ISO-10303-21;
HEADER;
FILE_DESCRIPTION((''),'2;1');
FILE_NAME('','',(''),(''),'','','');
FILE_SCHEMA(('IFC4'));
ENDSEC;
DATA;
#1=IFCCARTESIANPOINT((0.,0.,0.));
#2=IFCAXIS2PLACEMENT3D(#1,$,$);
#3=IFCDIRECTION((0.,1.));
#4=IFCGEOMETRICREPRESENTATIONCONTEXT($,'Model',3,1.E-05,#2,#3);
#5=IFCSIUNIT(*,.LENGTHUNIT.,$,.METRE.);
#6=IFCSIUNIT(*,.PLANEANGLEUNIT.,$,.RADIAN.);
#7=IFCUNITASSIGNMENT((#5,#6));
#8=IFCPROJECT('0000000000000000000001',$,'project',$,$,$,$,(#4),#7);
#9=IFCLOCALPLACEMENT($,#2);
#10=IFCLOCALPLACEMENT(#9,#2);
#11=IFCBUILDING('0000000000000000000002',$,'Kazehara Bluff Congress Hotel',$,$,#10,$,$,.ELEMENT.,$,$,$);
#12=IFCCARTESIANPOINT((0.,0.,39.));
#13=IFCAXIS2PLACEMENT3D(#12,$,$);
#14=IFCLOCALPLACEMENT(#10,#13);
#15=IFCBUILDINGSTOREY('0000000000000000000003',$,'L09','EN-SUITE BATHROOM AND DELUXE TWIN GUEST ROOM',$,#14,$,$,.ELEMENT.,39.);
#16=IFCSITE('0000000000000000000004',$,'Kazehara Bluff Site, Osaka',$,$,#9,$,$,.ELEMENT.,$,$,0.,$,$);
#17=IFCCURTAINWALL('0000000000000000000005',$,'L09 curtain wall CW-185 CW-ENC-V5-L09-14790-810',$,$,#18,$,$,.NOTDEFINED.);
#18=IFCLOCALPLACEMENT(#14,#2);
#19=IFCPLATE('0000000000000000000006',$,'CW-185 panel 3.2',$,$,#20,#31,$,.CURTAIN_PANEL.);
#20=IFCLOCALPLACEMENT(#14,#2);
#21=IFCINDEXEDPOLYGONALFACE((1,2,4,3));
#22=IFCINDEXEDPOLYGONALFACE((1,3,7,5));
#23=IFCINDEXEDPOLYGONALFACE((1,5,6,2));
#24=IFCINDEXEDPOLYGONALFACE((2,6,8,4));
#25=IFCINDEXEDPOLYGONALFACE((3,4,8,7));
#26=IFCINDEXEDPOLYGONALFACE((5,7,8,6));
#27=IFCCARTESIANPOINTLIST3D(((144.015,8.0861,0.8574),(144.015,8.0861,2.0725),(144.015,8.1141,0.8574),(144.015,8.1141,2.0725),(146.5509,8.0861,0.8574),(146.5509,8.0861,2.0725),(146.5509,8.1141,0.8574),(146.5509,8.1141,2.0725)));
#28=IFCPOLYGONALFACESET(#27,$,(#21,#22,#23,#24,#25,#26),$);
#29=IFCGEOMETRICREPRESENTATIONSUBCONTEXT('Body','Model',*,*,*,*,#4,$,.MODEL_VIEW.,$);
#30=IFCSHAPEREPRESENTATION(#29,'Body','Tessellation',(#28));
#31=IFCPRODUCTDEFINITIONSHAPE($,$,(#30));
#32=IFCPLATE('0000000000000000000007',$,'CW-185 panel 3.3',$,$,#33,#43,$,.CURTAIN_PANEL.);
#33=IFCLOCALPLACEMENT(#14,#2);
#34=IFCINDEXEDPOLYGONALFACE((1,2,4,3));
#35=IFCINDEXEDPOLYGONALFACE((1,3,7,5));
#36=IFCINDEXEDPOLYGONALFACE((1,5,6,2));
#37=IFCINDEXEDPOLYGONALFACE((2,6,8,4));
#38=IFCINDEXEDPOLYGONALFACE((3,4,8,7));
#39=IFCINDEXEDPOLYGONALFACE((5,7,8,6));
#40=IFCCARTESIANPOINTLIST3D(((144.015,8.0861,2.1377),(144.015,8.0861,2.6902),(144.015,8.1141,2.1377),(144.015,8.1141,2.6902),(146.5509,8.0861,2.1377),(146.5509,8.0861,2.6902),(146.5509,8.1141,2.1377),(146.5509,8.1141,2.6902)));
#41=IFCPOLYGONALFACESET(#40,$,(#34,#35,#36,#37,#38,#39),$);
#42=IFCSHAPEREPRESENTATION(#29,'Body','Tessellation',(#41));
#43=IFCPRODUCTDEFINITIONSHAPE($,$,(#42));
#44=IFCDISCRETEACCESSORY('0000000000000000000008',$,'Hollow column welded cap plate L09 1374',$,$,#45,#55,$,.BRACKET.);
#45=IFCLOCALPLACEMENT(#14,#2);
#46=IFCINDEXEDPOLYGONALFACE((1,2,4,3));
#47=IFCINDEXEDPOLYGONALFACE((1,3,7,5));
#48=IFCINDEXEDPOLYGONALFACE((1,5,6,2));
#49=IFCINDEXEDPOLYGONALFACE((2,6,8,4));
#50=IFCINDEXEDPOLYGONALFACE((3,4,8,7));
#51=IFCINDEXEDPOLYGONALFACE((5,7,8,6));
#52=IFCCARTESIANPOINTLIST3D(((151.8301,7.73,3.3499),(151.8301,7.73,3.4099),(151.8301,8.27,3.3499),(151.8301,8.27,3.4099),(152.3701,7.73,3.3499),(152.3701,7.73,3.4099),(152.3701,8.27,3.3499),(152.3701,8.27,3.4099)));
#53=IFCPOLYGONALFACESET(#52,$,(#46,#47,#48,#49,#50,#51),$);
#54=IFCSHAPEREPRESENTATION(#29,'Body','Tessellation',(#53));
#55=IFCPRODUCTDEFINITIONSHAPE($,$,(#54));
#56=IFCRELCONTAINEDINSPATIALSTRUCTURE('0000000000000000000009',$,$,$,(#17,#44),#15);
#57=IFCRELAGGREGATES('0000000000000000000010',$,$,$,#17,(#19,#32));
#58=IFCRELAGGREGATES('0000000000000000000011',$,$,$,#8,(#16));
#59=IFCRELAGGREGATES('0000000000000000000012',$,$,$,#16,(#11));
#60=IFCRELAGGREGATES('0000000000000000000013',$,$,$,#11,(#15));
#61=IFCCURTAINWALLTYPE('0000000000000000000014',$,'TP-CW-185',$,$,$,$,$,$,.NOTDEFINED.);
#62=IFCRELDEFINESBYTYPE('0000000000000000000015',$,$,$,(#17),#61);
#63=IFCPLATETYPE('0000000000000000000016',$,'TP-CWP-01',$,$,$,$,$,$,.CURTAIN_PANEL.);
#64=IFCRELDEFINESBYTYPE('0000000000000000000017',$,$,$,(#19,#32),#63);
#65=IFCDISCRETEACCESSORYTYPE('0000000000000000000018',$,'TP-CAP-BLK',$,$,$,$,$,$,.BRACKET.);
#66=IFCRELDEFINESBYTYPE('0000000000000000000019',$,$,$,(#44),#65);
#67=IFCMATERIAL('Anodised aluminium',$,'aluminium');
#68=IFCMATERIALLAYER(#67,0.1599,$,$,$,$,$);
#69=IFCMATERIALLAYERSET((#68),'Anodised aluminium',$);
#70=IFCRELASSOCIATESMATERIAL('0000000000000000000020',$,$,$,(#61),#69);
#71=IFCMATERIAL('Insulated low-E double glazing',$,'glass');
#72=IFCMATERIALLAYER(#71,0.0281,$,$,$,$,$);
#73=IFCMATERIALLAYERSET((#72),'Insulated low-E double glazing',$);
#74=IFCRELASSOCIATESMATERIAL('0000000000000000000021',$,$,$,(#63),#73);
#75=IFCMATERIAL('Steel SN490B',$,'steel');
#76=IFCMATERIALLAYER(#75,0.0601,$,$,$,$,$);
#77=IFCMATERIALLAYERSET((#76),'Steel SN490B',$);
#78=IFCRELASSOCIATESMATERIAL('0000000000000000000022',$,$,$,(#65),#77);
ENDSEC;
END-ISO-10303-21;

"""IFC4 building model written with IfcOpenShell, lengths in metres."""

from ifc_helpers import new_model, si_unit, direction, frame, origin, origin_2d, place, context, subcontext, project, spatial, rectangle, extrude, material, layer, layer_set, type_object, element, aggregate, save


model = new_model("IFC4")

# Units and contexts
model_context = context("Model", 3, precision=1e-05, world=origin(), true_north=direction((0.0, 1.0)))
body_context = subcontext(model_context, "Body", "Model", "MODEL_VIEW")
ifc_project = project(units=[si_unit("LENGTHUNIT", "METRE"), si_unit("PLANEANGLEUNIT", "RADIAN")], contexts=[model_context])

# Site, building, storey
site_placement = place(None, origin())
site = spatial("IfcSite", under=ifc_project, at=site_placement, Name="Kazehara Bluff Site, Osaka", CompositionType="ELEMENT", RefElevation=0.0)
building_placement = place(site_placement, origin())
building = spatial("IfcBuilding", under=site, at=building_placement, Name="Kazehara Bluff Congress Hotel", CompositionType="ELEMENT")
storey_placement = place(building_placement, frame((0.0, 0.0, 39.0)))
storey = spatial("IfcBuildingStorey", under=building, at=storey_placement, Name="L09", Description="EN-SUITE BATHROOM AND DELUXE TWIN GUEST ROOM", CompositionType="ELEMENT", Elevation=39.0)

# Curtain wall
ifc_material_1 = material(Name="Anodised aluminium", Category="aluminium")
ifc_layer_1 = layer(ifc_material_1, 0.1599)
ifc_layer_set_1 = layer_set([ifc_layer_1], Name="Anodised aluminium")
curtain_wall_type = type_object("IfcCurtainWallType", Name="TP-CW-185", PredefinedType="NOTDEFINED", material=ifc_layer_set_1)
curtain_wall_placement = place(storey_placement, origin())
curtain_wall = element("IfcCurtainWall", 1, at=curtain_wall_placement, inside=storey, type_object=curtain_wall_type, Name="L09 curtain wall CW-185 CW-ENC-V5-L09-14790-810", PredefinedType="NOTDEFINED")

# Plates
ifc_material_2 = material(Name="Insulated low-E double glazing", Category="glass")
ifc_layer_2 = layer(ifc_material_2, 0.0281)
ifc_layer_set_2 = layer_set([ifc_layer_2], Name="Insulated low-E double glazing")
plate_type = type_object("IfcPlateType", Name="TP-CWP-01", PredefinedType="CURTAIN_PANEL", material=ifc_layer_set_2)
plate_1_placement = place(storey_placement, frame((145.283, 8.1001, 0.8574), z_axis=(0.0, 0.0, 1.0), x_axis=(-1.0, 0.0, 0.0)))
plate_1 = element("IfcPlate", 2, at=plate_1_placement, type_object=plate_type, Name="CW-185 panel 3.2", PredefinedType="CURTAIN_PANEL", context=body_context, shape_type="SweptSolid", body=[
    extrude(rectangle(XDim=2.5359, YDim=0.0281, at=origin_2d()), origin(), (0.0, 0.0, 1.0), 1.2151),
])
plate_2_placement = place(storey_placement, frame((145.283, 8.1001, 2.1377), z_axis=(0.0, 0.0, 1.0), x_axis=(-1.0, 0.0, 0.0)))
plate_2 = element("IfcPlate", 3, at=plate_2_placement, type_object=plate_type, Name="CW-185 panel 3.3", PredefinedType="CURTAIN_PANEL", context=body_context, shape_type="SweptSolid", body=[
    extrude(rectangle(XDim=2.5359, YDim=0.0281, at=origin_2d()), origin(), (0.0, 0.0, 1.0), 0.5525),
])
aggregate(curtain_wall, [plate_1, plate_2])

# Discrete accessory
ifc_material_3 = material(Name="Steel SN490B", Category="steel")
ifc_layer_3 = layer(ifc_material_3, 0.0601)
ifc_layer_set_3 = layer_set([ifc_layer_3], Name="Steel SN490B")
discrete_accessory_type = type_object("IfcDiscreteAccessoryType", Name="TP-CAP-BLK", PredefinedType="BRACKET", material=ifc_layer_set_3)
discrete_accessory_placement = place(storey_placement, frame((152.1001, 8.0, 3.3499), z_axis=(0.0, 0.0, 1.0), x_axis=(1.0, 0.0, 0.0)))
element("IfcDiscreteAccessory", 4, at=discrete_accessory_placement, inside=storey, type_object=discrete_accessory_type, Name="Hollow column welded cap plate L09 1374", PredefinedType="BRACKET", context=body_context, shape_type="SweptSolid", body=[
    extrude(rectangle(XDim=0.54, YDim=0.54, at=origin_2d()), origin(), (0.0, 0.0, 1.0), 0.0601),
])

save(model, "model.ifc")
